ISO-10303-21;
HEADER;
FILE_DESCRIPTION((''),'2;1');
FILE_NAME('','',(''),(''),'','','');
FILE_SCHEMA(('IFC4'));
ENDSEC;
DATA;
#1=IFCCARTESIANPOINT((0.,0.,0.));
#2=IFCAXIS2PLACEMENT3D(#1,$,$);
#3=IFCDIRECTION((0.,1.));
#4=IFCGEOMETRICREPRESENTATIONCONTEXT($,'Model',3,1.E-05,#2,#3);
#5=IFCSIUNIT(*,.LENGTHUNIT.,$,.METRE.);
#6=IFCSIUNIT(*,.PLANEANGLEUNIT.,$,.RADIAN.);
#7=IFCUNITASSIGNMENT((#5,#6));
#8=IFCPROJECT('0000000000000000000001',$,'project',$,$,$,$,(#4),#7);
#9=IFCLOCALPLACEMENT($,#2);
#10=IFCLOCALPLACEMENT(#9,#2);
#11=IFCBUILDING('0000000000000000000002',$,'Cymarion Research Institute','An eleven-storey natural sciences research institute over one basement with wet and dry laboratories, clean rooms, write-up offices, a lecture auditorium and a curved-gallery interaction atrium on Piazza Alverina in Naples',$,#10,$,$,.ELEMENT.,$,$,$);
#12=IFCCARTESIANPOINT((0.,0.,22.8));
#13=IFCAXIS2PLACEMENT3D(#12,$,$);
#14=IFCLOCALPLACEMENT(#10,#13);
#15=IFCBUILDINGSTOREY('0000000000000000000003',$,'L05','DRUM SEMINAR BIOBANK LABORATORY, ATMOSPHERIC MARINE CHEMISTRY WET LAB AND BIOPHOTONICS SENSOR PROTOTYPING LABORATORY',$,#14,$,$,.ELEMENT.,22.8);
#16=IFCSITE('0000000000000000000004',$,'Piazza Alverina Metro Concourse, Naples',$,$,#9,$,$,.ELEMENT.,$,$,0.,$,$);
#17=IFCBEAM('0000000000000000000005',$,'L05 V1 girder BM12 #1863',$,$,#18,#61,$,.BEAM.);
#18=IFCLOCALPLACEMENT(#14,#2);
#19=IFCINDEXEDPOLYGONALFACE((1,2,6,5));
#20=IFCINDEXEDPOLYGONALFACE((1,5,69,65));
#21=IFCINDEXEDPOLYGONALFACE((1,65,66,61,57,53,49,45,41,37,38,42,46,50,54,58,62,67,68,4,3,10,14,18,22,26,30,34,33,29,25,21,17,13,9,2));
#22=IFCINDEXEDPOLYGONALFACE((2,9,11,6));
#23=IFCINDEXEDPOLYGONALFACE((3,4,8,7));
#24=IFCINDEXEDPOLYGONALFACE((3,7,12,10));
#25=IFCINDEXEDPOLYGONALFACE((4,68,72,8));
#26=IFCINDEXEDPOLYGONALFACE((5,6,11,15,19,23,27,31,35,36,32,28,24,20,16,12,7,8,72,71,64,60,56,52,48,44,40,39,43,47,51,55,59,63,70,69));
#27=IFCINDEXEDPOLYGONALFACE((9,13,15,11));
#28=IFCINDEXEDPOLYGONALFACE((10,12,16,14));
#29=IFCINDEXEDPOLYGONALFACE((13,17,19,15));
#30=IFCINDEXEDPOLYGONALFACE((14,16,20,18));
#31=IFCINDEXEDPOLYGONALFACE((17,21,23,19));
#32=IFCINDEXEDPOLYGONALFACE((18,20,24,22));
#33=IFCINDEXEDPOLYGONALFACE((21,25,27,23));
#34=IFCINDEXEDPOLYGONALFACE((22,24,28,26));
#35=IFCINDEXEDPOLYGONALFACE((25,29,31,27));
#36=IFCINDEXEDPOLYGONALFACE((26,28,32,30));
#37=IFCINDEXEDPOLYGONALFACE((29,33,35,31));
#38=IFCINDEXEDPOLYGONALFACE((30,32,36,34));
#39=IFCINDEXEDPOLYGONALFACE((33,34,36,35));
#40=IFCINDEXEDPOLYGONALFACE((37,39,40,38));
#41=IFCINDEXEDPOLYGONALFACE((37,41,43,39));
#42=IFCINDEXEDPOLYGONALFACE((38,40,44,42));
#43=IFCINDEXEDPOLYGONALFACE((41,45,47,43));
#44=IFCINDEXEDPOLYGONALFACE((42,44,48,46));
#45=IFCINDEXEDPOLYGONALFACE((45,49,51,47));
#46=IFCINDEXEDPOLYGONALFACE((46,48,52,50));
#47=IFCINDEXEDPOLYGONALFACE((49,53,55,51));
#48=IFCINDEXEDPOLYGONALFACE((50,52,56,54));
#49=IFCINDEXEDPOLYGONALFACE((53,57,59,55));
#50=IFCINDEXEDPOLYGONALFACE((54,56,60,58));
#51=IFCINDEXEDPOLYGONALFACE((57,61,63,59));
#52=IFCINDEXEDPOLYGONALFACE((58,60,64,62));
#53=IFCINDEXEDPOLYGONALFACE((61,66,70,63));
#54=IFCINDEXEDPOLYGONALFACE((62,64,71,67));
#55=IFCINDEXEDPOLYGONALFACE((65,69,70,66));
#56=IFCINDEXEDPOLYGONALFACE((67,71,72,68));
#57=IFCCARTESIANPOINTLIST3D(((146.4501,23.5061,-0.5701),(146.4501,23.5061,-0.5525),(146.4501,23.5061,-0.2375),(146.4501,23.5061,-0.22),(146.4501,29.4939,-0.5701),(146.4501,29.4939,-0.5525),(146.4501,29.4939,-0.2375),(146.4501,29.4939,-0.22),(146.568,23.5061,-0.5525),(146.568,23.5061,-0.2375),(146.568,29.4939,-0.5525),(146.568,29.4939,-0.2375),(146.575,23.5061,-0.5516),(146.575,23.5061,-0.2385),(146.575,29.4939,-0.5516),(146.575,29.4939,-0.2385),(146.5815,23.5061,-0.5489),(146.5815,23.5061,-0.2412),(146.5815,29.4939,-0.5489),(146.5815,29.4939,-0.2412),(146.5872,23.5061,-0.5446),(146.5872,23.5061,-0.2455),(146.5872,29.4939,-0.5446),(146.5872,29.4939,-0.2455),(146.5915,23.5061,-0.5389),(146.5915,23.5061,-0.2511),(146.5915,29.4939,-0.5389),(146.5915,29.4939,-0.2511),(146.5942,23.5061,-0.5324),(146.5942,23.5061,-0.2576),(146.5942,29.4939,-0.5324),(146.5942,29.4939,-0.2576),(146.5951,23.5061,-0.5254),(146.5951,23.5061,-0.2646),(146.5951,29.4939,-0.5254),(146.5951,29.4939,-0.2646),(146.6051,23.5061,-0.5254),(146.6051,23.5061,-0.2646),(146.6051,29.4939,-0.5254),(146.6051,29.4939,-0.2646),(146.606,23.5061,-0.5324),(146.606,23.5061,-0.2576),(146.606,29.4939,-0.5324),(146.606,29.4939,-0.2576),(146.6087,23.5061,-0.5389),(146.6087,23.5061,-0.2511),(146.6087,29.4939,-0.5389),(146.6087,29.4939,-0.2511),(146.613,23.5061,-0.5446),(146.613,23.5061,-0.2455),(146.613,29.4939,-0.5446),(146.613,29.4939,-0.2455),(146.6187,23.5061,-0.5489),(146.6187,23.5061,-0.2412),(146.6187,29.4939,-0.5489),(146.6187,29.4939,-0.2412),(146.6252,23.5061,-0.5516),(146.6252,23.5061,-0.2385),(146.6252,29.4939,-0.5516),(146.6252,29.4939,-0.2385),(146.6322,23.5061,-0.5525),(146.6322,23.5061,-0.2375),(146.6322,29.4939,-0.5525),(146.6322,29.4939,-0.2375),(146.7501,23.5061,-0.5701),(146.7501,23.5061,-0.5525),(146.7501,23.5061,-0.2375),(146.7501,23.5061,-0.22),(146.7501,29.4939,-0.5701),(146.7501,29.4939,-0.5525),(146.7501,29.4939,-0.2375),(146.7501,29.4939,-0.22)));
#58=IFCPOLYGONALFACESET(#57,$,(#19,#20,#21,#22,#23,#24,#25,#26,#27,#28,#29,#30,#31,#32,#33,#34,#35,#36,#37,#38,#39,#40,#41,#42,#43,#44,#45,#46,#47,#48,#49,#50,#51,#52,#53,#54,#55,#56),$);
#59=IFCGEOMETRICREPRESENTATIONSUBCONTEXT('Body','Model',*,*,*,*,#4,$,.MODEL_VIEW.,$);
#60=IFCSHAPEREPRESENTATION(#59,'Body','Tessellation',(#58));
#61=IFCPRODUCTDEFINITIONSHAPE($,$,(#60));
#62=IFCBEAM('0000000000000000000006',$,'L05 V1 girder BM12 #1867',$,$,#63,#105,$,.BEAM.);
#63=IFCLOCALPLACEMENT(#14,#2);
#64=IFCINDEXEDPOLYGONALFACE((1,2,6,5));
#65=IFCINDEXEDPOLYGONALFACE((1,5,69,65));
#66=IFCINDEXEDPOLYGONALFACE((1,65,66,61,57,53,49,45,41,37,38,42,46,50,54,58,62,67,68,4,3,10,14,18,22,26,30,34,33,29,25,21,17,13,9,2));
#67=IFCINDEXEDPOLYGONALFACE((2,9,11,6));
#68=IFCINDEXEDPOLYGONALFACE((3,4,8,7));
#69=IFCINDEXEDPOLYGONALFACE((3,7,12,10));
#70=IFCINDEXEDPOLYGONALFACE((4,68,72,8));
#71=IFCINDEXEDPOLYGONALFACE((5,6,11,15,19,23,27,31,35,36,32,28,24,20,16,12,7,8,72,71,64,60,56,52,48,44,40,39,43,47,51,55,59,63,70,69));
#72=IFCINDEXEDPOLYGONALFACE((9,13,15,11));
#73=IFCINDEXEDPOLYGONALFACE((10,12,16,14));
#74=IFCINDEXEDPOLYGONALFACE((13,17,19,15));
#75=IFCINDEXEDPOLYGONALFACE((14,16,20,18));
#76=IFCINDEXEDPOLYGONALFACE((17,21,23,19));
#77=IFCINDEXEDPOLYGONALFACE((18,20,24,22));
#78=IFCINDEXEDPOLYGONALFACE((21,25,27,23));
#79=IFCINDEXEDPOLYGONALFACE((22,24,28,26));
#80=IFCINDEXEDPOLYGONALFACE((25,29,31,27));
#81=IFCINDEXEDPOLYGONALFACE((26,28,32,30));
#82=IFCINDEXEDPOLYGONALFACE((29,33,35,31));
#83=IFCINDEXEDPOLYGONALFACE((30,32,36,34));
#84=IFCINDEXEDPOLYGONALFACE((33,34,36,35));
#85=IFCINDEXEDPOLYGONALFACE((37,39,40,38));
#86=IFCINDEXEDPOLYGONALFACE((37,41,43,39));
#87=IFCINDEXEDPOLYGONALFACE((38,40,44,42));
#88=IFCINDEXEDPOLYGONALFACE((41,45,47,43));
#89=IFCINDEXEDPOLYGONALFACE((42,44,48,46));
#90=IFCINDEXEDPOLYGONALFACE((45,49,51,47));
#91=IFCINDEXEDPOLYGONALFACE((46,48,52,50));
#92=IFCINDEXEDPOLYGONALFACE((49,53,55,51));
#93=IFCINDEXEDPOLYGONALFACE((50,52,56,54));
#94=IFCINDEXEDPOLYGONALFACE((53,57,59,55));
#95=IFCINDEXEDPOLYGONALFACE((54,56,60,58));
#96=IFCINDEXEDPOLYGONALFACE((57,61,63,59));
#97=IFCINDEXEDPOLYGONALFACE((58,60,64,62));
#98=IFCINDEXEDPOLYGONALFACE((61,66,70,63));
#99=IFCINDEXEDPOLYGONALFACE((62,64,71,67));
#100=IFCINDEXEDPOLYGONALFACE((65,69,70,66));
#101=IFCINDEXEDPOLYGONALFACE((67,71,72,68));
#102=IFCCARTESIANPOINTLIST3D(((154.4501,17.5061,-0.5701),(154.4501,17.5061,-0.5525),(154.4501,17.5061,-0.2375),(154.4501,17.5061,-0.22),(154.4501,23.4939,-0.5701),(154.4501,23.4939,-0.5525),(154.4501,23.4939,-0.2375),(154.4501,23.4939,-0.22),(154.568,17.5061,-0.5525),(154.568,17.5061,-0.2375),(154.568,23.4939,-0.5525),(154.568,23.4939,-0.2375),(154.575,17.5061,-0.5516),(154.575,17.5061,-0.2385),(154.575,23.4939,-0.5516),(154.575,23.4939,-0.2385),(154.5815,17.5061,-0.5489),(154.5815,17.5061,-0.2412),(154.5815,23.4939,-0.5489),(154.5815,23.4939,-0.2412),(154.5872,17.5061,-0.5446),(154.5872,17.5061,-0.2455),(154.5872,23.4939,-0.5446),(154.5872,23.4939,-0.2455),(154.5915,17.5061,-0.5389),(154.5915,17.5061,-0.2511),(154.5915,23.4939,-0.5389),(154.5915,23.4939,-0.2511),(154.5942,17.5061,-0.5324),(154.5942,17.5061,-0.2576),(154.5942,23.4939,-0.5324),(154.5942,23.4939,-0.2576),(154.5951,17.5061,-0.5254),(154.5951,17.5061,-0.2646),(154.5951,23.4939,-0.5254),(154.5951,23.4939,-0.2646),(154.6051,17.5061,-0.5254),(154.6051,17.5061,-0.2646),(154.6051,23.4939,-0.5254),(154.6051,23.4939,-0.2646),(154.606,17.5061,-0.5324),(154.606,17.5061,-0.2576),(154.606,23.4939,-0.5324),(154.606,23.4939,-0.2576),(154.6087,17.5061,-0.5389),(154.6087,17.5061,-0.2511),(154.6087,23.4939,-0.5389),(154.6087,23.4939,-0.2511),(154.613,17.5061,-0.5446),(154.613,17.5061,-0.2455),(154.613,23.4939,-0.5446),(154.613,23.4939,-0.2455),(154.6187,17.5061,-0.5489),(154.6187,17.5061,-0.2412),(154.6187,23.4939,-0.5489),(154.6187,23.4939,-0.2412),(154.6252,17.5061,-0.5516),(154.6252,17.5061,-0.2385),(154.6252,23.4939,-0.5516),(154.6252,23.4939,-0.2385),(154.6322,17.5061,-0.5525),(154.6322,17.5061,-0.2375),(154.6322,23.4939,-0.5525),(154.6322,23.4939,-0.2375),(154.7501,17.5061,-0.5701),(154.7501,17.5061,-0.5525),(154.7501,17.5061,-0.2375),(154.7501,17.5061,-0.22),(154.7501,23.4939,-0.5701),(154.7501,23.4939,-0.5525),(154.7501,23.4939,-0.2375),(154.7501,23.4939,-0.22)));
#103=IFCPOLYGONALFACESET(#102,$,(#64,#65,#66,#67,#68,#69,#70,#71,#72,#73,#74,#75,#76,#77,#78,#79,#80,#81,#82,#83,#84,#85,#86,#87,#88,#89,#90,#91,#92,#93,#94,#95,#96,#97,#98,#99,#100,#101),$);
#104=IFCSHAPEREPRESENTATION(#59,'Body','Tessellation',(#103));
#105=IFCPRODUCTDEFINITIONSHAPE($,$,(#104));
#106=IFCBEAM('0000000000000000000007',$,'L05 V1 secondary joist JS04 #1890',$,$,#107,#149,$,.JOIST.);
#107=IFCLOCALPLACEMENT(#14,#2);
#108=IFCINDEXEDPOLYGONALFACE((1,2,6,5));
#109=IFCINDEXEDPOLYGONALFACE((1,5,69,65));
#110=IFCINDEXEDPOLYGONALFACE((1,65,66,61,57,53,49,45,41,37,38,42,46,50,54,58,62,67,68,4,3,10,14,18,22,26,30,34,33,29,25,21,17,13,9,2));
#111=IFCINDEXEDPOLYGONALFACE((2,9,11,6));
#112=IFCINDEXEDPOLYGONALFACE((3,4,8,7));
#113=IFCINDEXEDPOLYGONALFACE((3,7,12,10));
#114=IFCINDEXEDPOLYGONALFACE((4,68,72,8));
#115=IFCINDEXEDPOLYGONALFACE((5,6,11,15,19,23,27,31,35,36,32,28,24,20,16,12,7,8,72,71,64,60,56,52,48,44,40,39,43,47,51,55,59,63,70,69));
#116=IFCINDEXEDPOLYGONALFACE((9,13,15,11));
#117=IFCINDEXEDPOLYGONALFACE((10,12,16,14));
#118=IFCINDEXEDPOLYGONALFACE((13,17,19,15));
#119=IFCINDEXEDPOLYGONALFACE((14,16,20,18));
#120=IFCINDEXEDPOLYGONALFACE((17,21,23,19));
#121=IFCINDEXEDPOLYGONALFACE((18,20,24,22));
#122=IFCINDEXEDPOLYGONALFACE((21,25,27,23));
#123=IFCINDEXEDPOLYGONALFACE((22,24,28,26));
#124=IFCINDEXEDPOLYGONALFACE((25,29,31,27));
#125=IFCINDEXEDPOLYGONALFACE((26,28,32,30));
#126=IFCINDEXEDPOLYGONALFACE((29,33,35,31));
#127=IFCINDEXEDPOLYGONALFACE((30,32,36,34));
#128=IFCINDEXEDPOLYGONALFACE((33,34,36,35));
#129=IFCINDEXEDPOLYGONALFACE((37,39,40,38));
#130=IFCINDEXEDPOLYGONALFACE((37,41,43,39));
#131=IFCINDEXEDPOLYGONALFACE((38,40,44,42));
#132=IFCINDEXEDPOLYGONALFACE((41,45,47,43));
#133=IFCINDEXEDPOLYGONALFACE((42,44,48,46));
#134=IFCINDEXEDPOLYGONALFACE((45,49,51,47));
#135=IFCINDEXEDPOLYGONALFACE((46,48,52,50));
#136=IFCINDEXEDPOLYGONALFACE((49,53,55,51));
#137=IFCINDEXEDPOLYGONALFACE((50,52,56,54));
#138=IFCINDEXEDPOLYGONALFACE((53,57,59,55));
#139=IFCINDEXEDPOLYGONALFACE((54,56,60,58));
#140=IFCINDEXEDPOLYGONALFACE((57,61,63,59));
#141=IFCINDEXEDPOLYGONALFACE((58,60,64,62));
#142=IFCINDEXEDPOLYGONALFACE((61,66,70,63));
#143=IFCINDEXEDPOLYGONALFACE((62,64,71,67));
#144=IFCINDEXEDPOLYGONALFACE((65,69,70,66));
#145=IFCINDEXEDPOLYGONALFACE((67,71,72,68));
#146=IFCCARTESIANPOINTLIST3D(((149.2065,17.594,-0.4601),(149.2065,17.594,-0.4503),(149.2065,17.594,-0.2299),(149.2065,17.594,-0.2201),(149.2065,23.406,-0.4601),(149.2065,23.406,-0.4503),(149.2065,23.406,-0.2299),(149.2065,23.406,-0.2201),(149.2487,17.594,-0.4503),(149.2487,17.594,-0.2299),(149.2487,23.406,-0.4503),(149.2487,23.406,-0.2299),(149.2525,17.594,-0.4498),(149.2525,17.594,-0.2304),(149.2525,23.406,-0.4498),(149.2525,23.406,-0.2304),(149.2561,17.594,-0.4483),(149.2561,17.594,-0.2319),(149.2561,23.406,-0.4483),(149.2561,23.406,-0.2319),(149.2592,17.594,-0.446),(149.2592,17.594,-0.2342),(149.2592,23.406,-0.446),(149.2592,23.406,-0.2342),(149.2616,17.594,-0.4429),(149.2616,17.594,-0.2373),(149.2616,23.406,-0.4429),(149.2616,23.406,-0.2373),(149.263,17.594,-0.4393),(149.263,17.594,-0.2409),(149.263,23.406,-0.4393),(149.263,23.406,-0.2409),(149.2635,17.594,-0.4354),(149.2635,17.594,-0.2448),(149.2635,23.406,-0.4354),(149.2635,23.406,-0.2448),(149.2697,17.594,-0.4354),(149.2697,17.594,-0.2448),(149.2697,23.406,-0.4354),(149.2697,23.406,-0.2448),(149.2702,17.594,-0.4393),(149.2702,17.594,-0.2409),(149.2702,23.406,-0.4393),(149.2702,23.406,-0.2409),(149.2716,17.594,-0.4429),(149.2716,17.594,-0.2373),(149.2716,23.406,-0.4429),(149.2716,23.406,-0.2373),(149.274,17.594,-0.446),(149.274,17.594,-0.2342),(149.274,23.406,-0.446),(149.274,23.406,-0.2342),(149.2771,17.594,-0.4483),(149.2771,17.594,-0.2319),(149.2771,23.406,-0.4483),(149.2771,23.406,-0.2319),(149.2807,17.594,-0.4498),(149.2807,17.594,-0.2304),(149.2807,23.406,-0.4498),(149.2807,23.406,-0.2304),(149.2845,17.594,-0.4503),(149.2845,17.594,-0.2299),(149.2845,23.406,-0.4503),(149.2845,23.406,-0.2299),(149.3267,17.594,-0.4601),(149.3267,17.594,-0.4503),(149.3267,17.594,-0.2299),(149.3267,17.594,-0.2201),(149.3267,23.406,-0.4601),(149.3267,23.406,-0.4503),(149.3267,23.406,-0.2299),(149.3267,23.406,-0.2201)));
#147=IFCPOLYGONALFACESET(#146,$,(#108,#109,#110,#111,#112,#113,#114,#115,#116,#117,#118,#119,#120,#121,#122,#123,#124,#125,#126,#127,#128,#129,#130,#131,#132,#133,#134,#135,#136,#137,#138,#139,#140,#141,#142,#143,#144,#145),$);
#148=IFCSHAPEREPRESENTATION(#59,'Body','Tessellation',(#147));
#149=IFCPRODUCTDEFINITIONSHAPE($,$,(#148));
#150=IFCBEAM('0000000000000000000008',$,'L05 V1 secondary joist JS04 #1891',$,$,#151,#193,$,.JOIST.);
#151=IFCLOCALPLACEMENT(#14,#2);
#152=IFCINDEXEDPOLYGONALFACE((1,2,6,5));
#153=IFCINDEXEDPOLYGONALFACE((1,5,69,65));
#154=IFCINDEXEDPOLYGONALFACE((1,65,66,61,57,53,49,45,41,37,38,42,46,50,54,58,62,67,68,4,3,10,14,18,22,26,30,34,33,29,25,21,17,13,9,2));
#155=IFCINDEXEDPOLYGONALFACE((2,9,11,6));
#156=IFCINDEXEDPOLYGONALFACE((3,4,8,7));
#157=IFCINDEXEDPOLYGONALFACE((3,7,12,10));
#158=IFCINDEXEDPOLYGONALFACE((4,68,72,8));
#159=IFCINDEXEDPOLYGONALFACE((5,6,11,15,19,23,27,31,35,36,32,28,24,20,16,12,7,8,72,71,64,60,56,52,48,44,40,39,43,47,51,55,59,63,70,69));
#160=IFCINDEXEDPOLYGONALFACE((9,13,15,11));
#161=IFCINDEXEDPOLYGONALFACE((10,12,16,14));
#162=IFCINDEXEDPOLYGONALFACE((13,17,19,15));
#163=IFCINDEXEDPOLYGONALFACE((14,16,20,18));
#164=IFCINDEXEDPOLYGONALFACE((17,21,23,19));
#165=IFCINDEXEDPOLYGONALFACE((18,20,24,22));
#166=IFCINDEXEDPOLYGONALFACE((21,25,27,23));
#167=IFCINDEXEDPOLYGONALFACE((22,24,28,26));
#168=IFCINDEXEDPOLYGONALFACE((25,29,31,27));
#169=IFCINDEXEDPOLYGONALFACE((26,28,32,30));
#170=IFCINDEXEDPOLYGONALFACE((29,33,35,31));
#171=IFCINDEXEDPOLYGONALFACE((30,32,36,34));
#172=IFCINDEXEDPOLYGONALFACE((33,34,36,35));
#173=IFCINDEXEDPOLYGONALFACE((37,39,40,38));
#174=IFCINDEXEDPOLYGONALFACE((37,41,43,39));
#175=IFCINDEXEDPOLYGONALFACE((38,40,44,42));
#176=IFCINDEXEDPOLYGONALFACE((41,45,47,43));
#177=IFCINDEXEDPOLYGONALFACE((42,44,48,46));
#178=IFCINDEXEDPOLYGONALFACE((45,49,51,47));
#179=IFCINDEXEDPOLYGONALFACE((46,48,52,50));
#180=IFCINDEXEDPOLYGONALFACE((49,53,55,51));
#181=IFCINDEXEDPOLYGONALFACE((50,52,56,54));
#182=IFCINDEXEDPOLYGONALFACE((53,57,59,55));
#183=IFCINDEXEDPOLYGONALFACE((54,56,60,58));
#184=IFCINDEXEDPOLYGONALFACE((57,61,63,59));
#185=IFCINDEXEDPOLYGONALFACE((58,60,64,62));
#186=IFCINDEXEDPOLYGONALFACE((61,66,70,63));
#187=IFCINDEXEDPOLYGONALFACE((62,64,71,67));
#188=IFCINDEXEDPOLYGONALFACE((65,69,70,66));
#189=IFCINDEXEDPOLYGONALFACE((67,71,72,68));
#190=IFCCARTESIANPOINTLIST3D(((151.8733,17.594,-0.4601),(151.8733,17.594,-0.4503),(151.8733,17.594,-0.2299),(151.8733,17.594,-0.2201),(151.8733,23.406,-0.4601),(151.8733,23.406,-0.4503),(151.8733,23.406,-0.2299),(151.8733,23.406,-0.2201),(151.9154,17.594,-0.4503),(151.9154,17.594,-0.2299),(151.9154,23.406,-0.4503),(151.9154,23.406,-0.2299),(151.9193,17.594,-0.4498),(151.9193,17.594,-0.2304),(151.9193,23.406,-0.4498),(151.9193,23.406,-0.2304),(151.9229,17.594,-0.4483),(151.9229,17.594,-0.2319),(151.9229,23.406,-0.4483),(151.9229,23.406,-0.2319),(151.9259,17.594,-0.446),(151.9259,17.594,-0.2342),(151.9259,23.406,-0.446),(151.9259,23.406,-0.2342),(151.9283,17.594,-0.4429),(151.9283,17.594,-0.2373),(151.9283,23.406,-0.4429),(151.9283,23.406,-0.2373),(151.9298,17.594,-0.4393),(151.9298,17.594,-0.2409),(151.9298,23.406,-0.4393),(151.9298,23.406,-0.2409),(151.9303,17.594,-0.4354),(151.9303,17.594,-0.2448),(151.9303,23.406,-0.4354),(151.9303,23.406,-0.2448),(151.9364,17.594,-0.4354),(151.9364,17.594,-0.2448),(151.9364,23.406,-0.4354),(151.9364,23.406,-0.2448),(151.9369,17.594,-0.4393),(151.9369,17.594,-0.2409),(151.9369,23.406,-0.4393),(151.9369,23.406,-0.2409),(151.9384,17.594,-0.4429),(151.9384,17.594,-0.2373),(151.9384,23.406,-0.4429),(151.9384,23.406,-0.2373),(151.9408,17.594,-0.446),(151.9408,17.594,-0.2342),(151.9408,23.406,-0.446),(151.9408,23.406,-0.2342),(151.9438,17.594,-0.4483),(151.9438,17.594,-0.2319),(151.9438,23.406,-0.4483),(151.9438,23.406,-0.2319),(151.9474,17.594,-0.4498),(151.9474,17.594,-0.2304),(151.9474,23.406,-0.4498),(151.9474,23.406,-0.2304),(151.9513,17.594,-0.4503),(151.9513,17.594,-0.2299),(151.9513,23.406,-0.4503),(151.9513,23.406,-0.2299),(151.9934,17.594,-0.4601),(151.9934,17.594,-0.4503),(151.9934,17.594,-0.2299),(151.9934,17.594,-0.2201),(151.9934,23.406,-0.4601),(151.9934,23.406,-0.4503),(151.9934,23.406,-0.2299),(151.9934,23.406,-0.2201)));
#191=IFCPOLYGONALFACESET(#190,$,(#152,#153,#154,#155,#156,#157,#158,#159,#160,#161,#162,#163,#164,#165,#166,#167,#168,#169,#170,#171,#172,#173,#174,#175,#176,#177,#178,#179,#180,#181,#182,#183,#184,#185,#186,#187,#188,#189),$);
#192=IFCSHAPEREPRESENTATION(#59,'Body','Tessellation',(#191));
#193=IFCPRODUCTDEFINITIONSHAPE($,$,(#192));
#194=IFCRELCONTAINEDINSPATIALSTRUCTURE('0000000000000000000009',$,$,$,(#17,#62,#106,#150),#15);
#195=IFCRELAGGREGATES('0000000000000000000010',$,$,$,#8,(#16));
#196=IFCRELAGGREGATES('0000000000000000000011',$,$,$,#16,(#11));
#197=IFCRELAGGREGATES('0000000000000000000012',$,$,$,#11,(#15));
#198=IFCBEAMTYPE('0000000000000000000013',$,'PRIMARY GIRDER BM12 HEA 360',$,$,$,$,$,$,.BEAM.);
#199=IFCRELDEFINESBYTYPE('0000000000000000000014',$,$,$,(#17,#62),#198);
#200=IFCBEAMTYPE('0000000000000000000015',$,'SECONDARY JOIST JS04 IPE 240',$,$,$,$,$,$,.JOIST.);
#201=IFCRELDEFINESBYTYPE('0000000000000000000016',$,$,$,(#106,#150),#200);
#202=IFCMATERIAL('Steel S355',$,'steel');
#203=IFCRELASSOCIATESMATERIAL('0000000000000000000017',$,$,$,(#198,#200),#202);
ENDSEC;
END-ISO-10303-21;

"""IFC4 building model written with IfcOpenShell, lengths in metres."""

from ifc_helpers import new_model, si_unit, direction, frame, origin, origin_2d, place, context, subcontext, project, spatial, i_section, extrude, material, material_profile, profile_set, type_object, element, save


model = new_model("IFC4")

# Units and contexts
model_context = context("Model", 3, precision=1e-05, world=origin(), true_north=direction((0.0, 1.0)))
body_context = subcontext(model_context, "Body", "Model", "MODEL_VIEW")
ifc_project = project(units=[si_unit("LENGTHUNIT", "METRE"), si_unit("PLANEANGLEUNIT", "RADIAN")], contexts=[model_context])

# Site, building, storey
site_placement = place(None, origin())
site = spatial("IfcSite", under=ifc_project, at=site_placement, Name="Piazza Alverina Metro Concourse, Naples", CompositionType="ELEMENT", RefElevation=0.0)
building_placement = place(site_placement, origin())
building = spatial("IfcBuilding", under=site, at=building_placement, Name="Cymarion Research Institute", Description="An eleven-storey natural sciences research institute over one basement with wet and dry laboratories, clean rooms, write-up offices, a lecture auditorium and a curved-gallery interaction atrium on Piazza Alverina in Naples", CompositionType="ELEMENT")
storey_placement = place(building_placement, frame((0.0, 0.0, 22.8)))
storey = spatial("IfcBuildingStorey", under=building, at=storey_placement, Name="L05", Description="DRUM SEMINAR BIOBANK LABORATORY, ATMOSPHERIC MARINE CHEMISTRY WET LAB AND BIOPHOTONICS SENSOR PROTOTYPING LABORATORY", CompositionType="ELEMENT", Elevation=22.8)

# Shared definitions
ifc_material_1 = material(Name="Steel S355", Category="steel")

# Beams
ifc_material_profile_1 = material_profile(ifc_material_1, i_section(OverallWidth=0.3, OverallDepth=0.3501, WebThickness=0.01, FlangeThickness=0.0176, FilletRadius=0.0271, at=origin_2d()), Name="HEA 360")
ifc_profile_set_1 = profile_set([ifc_material_profile_1], Name="Steel S355")
beam_type_1 = type_object("IfcBeamType", Name="PRIMARY GIRDER BM12 HEA 360", PredefinedType="BEAM", material=ifc_profile_set_1)
for number, where, z_axis, x_axis, name in (
    (1, (146.6001, 23.5061, -0.395), (0.0, 1.0, 0.0), (-1.0, 0.0, 0.0), "L05 V1 girder BM12 #1863"),
    (2, (154.6001, 17.5061, -0.395), (0.0, 1.0, 0.0), (-1.0, 0.0, 0.0), "L05 V1 girder BM12 #1867"),
):
    element("IfcBeam", number, at=place(storey_placement, frame(where, z_axis=z_axis, x_axis=x_axis)), inside=storey, type_object=beam_type_1, Name=name, PredefinedType="BEAM", context=body_context, shape_type="SweptSolid", body=[
        extrude(i_section(OverallWidth=0.3, OverallDepth=0.3501, WebThickness=0.01, FlangeThickness=0.0176, FilletRadius=0.0271, at=origin_2d()), origin(), (0.0, 0.0, 1.0), 5.9878),
    ])
ifc_material_profile_2 = material_profile(ifc_material_1, i_section(OverallWidth=0.1201, OverallDepth=0.24, WebThickness=0.0061, FlangeThickness=0.0098, FilletRadius=0.0149, at=origin_2d()), Name="IPE 240")
ifc_profile_set_2 = profile_set([ifc_material_profile_2], Name="Steel S355")
beam_type_2 = type_object("IfcBeamType", Name="SECONDARY JOIST JS04 IPE 240", PredefinedType="JOIST", material=ifc_profile_set_2)
for number, where, z_axis, x_axis, name in (
    (3, (149.2666, 17.594, -0.3401), (0.0, 1.0, 0.0), (-1.0, 0.0, 0.0), "L05 V1 secondary joist JS04 #1890"),
    (4, (151.9333, 17.594, -0.3401), (0.0, 1.0, 0.0), (-1.0, 0.0, 0.0), "L05 V1 secondary joist JS04 #1891"),
):
    element("IfcBeam", number, at=place(storey_placement, frame(where, z_axis=z_axis, x_axis=x_axis)), inside=storey, type_object=beam_type_2, Name=name, PredefinedType="JOIST", context=body_context, shape_type="SweptSolid", body=[
        extrude(i_section(OverallWidth=0.1201, OverallDepth=0.24, WebThickness=0.0061, FlangeThickness=0.0098, FilletRadius=0.0149, at=origin_2d()), origin(), (0.0, 0.0, 1.0), 5.812),
    ])

save(model, "model.ifc")
